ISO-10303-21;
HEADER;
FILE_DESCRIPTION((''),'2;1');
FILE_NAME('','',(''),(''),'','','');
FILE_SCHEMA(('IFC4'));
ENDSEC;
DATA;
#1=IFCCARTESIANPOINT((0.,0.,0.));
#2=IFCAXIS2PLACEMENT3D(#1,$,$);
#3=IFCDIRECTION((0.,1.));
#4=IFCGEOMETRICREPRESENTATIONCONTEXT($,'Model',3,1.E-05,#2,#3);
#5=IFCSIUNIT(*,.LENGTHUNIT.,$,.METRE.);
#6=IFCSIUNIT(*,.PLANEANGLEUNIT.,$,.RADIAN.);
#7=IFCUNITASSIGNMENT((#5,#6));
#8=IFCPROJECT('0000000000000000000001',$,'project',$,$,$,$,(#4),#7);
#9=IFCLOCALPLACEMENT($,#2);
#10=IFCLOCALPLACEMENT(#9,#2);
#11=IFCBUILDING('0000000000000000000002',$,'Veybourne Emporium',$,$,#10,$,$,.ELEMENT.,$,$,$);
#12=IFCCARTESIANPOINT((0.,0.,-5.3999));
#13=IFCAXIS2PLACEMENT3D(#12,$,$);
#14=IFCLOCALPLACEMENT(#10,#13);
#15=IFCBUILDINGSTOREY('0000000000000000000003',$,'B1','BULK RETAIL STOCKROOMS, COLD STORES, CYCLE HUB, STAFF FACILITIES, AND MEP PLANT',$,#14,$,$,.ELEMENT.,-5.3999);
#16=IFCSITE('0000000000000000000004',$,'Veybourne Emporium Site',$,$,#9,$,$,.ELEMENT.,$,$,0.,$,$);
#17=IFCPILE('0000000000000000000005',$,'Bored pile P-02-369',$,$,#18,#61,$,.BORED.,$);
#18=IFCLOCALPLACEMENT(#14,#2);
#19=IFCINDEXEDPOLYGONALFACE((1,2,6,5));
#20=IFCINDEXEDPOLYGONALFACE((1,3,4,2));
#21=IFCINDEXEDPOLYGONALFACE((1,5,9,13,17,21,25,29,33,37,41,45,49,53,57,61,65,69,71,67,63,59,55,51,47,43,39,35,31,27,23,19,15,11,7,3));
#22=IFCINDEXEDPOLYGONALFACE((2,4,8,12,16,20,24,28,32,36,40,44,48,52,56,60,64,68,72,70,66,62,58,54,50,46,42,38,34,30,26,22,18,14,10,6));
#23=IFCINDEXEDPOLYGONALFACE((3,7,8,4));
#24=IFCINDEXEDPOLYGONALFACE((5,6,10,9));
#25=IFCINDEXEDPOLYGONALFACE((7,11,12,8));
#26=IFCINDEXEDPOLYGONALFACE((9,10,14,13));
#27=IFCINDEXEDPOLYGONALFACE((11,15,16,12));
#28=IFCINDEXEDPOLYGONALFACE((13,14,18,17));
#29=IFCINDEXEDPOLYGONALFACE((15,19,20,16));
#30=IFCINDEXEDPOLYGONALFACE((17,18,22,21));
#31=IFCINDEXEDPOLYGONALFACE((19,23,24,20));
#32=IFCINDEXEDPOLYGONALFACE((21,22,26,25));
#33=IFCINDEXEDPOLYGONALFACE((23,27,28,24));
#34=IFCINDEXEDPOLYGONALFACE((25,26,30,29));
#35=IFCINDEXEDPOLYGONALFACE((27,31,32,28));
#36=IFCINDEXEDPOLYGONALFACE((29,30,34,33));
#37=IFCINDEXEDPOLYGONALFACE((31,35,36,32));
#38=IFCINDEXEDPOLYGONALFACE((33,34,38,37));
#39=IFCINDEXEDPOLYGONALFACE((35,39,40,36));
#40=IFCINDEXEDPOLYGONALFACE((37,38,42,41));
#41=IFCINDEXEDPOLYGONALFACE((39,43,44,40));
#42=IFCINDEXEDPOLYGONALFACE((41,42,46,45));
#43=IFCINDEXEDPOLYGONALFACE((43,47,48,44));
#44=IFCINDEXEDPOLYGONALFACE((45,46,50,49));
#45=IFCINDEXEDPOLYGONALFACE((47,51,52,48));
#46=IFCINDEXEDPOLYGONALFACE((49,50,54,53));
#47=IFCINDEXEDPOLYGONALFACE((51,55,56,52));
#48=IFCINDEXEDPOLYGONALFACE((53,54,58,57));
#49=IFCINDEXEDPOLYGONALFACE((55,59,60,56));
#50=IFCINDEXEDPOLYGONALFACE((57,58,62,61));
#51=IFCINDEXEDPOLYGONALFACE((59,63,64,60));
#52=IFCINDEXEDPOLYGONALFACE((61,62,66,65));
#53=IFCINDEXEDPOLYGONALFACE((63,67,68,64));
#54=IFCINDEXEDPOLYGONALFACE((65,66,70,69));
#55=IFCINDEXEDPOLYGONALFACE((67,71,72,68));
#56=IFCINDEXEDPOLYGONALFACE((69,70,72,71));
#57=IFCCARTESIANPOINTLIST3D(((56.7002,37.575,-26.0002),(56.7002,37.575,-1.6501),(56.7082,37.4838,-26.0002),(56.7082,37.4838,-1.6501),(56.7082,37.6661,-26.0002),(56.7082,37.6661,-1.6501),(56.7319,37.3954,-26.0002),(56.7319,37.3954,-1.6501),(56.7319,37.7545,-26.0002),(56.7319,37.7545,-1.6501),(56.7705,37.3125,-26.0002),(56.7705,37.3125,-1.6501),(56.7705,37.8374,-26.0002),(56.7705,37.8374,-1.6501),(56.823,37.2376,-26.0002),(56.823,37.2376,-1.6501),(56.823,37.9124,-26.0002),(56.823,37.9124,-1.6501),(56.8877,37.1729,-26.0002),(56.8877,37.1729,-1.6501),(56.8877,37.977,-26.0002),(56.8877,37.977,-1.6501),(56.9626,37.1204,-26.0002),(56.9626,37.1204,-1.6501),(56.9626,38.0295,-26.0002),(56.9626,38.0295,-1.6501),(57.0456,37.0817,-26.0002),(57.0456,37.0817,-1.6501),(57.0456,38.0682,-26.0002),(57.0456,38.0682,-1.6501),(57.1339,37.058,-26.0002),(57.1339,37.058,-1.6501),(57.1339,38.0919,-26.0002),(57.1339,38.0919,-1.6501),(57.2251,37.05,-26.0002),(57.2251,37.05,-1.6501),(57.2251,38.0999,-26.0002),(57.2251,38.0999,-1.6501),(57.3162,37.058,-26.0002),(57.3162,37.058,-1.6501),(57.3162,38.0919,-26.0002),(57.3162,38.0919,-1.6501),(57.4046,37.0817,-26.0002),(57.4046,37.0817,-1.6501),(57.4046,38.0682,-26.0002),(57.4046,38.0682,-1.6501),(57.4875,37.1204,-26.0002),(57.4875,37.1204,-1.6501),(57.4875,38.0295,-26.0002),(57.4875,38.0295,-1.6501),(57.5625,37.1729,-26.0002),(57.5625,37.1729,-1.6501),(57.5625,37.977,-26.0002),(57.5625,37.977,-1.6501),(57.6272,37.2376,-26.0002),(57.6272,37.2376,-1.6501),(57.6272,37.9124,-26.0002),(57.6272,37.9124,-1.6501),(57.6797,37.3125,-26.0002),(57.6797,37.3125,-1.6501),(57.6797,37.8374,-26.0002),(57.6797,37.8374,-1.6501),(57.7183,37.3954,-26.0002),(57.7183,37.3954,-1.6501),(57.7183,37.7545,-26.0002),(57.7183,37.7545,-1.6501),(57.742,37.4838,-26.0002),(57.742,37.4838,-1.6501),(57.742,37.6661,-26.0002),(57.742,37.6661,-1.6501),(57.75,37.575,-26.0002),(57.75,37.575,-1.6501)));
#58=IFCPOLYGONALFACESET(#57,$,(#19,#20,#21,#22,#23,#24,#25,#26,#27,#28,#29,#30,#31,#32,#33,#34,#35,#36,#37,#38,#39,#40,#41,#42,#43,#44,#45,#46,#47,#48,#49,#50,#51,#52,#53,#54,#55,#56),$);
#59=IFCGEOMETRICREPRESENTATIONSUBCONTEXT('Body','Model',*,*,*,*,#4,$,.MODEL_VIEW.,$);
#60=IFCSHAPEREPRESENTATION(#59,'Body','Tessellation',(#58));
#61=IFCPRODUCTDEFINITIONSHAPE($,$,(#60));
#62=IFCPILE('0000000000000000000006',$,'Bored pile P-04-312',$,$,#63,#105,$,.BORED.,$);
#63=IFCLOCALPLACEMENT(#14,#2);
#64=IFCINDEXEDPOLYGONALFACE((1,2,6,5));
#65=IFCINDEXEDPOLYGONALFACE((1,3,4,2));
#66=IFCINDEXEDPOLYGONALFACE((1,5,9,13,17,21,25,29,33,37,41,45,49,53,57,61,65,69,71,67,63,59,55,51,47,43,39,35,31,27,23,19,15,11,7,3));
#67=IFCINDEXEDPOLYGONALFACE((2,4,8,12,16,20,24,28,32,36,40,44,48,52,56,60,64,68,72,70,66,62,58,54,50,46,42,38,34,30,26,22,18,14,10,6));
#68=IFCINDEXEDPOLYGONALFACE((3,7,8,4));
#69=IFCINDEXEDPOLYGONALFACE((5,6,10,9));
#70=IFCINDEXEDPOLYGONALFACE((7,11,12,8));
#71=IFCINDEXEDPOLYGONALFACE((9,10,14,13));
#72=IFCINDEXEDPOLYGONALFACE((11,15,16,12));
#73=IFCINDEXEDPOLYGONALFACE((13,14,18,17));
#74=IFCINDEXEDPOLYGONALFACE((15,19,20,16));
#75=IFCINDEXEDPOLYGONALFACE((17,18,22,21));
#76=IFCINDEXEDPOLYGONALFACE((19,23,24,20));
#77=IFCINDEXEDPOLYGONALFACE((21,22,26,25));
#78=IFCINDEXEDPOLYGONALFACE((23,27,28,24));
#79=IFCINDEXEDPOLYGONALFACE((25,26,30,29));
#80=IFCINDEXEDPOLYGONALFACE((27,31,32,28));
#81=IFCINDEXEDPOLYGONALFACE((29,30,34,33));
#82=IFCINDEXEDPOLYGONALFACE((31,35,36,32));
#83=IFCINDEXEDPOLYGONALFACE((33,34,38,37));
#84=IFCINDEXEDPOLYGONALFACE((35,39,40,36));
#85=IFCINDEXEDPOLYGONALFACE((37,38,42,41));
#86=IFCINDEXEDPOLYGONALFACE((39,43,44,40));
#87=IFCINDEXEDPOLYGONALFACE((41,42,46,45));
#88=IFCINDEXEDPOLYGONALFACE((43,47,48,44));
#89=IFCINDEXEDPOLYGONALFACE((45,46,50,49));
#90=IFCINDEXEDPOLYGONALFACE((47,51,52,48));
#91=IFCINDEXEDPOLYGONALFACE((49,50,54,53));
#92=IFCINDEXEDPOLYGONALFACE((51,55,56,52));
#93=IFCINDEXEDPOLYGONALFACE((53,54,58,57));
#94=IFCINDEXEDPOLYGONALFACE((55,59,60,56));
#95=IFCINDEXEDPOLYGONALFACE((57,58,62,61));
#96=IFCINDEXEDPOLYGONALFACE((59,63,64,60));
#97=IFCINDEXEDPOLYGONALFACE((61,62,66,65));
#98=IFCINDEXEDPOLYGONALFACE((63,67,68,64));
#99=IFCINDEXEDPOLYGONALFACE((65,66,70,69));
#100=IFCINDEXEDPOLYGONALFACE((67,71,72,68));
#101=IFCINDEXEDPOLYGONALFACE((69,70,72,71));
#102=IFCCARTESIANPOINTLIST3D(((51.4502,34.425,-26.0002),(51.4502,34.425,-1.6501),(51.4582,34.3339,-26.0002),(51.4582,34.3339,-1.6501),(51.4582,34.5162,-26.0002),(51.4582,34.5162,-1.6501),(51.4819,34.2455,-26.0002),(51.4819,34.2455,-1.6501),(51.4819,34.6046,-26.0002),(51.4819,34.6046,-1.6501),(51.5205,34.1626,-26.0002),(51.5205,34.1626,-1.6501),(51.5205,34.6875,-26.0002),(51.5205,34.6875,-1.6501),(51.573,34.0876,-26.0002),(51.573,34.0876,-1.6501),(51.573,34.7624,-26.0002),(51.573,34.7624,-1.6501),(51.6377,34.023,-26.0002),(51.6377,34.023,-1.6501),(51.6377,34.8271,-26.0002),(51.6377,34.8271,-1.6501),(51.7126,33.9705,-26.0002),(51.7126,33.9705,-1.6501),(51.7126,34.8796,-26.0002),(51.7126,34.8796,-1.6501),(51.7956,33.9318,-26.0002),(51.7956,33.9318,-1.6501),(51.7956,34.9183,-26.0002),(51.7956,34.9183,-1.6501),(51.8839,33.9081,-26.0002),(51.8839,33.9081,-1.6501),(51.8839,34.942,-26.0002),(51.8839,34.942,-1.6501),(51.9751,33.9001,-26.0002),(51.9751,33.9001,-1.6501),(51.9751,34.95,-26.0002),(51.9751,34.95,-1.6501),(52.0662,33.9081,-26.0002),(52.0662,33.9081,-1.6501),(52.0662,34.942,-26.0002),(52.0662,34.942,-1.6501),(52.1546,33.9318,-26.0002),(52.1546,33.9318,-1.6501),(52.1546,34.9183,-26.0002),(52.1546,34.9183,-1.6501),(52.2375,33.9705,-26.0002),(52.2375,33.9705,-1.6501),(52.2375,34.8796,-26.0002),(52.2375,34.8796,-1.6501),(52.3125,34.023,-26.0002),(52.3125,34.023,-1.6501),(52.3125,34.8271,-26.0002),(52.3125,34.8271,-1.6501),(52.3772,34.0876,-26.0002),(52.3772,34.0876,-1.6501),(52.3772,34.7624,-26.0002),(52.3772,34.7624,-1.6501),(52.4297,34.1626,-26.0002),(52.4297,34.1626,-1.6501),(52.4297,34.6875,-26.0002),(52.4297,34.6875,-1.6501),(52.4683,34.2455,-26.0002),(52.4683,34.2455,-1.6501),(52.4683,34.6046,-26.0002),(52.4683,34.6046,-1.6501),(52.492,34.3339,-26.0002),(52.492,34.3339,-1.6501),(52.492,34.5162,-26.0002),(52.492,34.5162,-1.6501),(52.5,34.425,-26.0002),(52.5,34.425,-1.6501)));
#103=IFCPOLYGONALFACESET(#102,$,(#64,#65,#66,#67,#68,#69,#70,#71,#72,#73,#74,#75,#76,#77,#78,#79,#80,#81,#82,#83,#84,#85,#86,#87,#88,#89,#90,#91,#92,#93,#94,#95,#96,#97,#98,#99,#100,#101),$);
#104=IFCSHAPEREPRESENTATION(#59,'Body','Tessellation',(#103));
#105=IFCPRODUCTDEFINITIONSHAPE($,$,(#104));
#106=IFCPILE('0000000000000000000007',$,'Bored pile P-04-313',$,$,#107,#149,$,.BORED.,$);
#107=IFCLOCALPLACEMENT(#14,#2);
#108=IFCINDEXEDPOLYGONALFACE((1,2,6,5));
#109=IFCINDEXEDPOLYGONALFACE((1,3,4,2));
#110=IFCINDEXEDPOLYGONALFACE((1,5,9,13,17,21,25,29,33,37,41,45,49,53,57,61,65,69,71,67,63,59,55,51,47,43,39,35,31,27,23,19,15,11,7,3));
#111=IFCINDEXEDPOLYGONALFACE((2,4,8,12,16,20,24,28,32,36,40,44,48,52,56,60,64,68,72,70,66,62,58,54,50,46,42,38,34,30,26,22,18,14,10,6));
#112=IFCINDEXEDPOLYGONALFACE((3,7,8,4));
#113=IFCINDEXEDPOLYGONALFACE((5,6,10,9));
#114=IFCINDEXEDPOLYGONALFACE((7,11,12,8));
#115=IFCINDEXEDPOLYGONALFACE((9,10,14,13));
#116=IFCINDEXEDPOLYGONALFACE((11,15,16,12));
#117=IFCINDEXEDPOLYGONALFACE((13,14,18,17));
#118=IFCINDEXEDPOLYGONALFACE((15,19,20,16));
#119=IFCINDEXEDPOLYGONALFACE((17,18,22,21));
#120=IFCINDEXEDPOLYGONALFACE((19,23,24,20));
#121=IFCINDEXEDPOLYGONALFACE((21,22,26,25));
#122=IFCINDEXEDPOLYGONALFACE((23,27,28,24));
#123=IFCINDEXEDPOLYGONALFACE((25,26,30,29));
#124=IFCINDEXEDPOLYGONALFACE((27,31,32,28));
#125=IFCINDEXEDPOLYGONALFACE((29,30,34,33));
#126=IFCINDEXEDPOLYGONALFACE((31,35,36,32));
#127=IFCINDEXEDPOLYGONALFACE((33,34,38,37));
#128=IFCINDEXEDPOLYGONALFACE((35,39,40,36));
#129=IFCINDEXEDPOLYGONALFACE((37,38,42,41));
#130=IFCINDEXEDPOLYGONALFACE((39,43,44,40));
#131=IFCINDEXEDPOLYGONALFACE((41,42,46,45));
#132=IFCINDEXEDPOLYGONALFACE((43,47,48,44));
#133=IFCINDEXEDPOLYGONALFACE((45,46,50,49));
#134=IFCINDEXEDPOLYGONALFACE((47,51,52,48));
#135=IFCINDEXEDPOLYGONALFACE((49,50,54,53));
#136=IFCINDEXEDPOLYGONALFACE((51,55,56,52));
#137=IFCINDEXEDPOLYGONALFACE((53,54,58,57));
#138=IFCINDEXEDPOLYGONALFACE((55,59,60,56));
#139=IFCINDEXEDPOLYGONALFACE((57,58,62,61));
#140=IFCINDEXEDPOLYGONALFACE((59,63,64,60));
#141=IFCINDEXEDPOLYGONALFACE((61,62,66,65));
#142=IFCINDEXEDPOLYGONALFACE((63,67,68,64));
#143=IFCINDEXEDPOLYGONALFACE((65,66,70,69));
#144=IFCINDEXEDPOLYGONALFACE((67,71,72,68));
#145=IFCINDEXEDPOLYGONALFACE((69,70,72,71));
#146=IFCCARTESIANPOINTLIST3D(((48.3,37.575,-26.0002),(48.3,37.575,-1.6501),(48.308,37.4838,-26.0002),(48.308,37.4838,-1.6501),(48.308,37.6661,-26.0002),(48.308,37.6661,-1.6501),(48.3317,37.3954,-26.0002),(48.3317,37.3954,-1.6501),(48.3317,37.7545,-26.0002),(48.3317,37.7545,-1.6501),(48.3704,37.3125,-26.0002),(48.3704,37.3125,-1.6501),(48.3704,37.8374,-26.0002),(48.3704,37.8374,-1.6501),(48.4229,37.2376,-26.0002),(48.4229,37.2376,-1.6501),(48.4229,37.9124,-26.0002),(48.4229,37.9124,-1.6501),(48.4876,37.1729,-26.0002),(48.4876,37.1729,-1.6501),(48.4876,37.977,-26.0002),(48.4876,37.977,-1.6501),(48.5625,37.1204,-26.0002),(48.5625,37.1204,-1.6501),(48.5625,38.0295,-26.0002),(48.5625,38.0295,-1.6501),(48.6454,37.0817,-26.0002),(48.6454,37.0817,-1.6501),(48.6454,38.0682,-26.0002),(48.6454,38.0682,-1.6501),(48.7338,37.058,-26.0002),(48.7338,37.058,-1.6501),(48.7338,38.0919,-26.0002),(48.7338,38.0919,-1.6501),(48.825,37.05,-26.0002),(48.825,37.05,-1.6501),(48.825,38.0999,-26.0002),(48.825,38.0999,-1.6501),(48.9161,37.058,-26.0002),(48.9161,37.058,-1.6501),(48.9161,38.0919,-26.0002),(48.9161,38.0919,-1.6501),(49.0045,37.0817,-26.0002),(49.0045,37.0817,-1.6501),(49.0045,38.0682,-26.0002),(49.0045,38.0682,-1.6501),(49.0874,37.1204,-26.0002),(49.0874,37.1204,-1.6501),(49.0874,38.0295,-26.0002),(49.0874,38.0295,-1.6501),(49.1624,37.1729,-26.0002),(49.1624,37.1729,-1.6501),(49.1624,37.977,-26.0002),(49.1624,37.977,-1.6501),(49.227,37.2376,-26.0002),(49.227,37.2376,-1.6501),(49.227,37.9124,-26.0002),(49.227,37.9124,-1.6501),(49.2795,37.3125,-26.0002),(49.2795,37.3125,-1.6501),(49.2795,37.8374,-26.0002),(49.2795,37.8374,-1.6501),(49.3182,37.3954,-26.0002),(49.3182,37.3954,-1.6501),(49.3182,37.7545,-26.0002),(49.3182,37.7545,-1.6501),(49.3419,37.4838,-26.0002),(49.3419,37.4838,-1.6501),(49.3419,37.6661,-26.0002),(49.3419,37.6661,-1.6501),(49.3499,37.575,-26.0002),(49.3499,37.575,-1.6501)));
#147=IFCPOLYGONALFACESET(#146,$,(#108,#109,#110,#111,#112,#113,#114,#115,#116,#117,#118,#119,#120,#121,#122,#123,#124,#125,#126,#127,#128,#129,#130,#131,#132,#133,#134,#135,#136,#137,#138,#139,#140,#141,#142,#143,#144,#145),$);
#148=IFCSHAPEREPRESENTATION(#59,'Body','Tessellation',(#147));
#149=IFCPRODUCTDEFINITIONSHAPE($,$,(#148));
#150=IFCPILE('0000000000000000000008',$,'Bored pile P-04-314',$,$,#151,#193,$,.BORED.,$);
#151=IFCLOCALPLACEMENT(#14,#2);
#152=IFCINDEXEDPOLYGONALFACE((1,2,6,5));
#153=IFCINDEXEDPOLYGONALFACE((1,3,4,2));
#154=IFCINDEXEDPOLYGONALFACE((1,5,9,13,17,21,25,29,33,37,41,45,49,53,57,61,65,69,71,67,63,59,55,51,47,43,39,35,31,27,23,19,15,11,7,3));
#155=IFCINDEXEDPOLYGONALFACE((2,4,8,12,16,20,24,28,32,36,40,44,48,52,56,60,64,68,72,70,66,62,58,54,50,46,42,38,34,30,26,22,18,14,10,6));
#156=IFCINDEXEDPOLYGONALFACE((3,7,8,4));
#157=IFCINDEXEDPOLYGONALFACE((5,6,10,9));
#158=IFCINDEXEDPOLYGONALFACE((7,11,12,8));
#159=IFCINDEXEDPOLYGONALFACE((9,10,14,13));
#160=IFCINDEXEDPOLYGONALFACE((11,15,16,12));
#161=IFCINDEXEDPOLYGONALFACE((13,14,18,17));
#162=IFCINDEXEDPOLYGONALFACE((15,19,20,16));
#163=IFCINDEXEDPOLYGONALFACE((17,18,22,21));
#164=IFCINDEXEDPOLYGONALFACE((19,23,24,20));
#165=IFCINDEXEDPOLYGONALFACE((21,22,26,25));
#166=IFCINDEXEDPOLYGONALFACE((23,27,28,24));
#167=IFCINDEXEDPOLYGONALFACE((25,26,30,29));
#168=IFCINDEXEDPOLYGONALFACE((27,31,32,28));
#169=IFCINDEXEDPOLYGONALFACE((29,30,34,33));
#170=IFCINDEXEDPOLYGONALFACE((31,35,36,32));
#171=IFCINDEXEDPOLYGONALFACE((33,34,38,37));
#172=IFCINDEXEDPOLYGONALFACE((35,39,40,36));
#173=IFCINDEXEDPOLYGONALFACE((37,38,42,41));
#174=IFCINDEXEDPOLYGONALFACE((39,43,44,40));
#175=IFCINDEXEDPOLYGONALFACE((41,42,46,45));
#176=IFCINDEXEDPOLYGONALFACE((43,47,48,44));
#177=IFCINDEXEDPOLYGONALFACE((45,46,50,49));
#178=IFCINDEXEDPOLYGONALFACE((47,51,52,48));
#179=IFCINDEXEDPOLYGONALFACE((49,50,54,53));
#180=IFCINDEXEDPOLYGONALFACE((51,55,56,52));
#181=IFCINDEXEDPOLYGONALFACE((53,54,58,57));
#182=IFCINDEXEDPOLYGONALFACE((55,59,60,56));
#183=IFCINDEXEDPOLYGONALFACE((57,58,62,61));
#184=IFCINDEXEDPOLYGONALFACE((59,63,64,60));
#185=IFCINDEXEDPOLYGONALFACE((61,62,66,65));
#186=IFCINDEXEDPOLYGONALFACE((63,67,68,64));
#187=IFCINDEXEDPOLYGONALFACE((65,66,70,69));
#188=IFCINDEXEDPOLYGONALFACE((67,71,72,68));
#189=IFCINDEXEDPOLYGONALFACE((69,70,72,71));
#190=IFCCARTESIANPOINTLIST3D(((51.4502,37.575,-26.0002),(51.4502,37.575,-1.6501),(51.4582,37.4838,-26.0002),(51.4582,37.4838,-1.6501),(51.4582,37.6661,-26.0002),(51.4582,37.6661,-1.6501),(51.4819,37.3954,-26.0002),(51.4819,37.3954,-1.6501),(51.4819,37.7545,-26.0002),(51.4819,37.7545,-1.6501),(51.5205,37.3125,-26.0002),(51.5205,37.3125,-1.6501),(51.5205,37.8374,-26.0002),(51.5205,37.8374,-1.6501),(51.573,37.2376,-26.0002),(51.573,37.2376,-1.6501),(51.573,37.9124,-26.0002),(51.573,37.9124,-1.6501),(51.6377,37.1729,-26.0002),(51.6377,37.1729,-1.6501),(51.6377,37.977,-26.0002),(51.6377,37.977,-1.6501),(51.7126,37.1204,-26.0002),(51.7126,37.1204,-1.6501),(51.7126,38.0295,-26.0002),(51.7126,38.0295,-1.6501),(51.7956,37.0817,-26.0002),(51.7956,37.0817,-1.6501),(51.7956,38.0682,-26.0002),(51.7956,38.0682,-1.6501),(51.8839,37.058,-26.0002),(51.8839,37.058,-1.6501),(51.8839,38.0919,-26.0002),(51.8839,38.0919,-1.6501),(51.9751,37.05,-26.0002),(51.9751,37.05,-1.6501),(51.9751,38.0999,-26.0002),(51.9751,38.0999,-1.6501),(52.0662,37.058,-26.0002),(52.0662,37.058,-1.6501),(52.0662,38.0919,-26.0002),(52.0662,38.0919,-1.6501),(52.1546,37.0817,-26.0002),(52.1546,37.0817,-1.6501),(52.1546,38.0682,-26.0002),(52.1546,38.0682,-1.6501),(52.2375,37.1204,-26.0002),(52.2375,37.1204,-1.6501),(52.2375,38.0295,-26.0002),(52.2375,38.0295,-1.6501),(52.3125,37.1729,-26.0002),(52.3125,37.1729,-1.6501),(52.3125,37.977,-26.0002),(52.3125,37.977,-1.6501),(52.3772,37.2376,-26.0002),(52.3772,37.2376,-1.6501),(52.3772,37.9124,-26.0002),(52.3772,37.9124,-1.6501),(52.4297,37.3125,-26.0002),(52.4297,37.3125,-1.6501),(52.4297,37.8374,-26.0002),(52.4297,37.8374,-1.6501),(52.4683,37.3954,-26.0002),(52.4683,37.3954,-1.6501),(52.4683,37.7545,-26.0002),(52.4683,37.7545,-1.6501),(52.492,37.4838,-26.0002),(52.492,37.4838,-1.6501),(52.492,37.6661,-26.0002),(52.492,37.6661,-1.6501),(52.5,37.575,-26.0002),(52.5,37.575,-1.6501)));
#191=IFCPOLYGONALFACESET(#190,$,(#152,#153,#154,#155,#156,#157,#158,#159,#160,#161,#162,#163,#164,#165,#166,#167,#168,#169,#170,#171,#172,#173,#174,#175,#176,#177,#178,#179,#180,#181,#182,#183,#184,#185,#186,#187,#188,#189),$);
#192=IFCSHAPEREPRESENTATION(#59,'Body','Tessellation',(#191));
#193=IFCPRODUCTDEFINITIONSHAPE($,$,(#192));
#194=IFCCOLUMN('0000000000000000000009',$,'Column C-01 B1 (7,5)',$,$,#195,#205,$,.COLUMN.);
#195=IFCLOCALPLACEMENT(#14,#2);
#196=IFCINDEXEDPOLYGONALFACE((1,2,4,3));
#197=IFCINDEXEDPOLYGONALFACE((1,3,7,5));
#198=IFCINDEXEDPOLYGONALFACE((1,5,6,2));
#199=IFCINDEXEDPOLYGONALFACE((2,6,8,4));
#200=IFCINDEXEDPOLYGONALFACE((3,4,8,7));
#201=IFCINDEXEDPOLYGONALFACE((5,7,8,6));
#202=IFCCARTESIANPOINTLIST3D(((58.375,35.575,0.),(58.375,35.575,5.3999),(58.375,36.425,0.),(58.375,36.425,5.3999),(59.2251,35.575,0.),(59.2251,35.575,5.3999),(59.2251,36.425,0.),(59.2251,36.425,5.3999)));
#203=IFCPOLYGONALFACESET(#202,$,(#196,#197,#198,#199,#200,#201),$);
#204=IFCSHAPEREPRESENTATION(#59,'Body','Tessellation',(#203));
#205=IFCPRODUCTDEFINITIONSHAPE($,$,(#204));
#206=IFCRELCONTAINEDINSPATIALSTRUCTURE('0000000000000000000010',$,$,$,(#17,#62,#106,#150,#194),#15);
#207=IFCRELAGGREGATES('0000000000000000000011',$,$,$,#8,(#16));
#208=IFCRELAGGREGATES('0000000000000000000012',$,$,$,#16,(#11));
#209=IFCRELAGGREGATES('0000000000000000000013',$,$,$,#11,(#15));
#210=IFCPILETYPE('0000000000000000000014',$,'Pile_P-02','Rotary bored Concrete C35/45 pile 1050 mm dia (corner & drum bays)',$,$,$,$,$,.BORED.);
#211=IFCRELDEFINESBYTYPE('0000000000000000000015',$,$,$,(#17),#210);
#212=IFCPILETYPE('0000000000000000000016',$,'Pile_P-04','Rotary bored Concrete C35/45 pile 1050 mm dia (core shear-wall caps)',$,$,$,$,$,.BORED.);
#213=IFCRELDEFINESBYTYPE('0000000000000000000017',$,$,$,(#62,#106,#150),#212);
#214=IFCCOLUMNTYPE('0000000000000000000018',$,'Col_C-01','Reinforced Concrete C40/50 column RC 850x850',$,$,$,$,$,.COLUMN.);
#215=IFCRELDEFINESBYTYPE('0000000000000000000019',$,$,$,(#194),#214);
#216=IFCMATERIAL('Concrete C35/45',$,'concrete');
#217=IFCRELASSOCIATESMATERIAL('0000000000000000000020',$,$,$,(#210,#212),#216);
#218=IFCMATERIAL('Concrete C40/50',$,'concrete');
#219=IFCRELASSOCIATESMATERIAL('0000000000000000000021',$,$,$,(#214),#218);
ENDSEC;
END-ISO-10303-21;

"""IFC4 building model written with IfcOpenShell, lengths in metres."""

from ifc_helpers import new_model, si_unit, direction, frame, origin, origin_2d, place, context, subcontext, project, spatial, rectangle, circle, extrude, material, material_profile, profile_set, type_object, element, save


model = new_model("IFC4")

# Units and contexts
model_context = context("Model", 3, precision=1e-05, world=origin(), true_north=direction((0.0, 1.0)))
body_context = subcontext(model_context, "Body", "Model", "MODEL_VIEW")
ifc_project = project(units=[si_unit("LENGTHUNIT", "METRE"), si_unit("PLANEANGLEUNIT", "RADIAN")], contexts=[model_context])

# Site, building, storey
site_placement = place(None, origin())
site = spatial("IfcSite", under=ifc_project, at=site_placement, Name="Veybourne Emporium Site", CompositionType="ELEMENT", RefElevation=0.0)
building_placement = place(site_placement, origin())
building = spatial("IfcBuilding", under=site, at=building_placement, Name="Veybourne Emporium", CompositionType="ELEMENT")
storey_placement = place(building_placement, frame((0.0, 0.0, -5.3999)))
storey = spatial("IfcBuildingStorey", under=building, at=storey_placement, Name="B1", Description="BULK RETAIL STOCKROOMS, COLD STORES, CYCLE HUB, STAFF FACILITIES, AND MEP PLANT", CompositionType="ELEMENT", Elevation=-5.3999)

# Shared definitions
ifc_material_1 = material(Name="Concrete C35/45", Category="concrete")

# Piles
ifc_material_profile_1 = material_profile(ifc_material_1, circle(Radius=0.5249, at=origin_2d()), Name="BORED PILE 1050")
ifc_profile_set_1 = profile_set([ifc_material_profile_1], Name="Concrete C35/45")
pile_type_1 = type_object("IfcPileType", Name="Pile_P-02", Description="Rotary bored Concrete C35/45 pile 1050 mm dia (corner & drum bays)", PredefinedType="BORED", material=ifc_profile_set_1)
for number, where, z_axis, x_axis, name in (
    (1, (57.2251, 37.575, -1.6501), (0.0, 0.0, -1.0), (1.0, 0.0, 0.0), "Bored pile P-02-369"),
):
    element("IfcPile", number, at=place(storey_placement, frame(where, z_axis=z_axis, x_axis=x_axis)), inside=storey, type_object=pile_type_1, Name=name, PredefinedType="BORED", context=body_context, shape_type="SweptSolid", body=[
        extrude(circle(Radius=0.5249, at=origin_2d()), origin(), (0.0, 0.0, 1.0), 24.3501),
    ])
ifc_material_profile_2 = material_profile(ifc_material_1, circle(Radius=0.5249, at=origin_2d()), Name="BORED PILE 1050")
ifc_profile_set_2 = profile_set([ifc_material_profile_2], Name="Concrete C35/45")
pile_type_2 = type_object("IfcPileType", Name="Pile_P-04", Description="Rotary bored Concrete C35/45 pile 1050 mm dia (core shear-wall caps)", PredefinedType="BORED", material=ifc_profile_set_2)
for number, where, z_axis, x_axis, name in (
    (2, (51.9751, 34.425, -1.6501), (0.0, 0.0, -1.0), (1.0, 0.0, 0.0), "Bored pile P-04-312"),
    (3, (48.825, 37.575, -1.6501), (0.0, 0.0, -1.0), (1.0, 0.0, 0.0), "Bored pile P-04-313"),
    (4, (51.9751, 37.575, -1.6501), (0.0, 0.0, -1.0), (1.0, 0.0, 0.0), "Bored pile P-04-314"),
):
    element("IfcPile", number, at=place(storey_placement, frame(where, z_axis=z_axis, x_axis=x_axis)), inside=storey, type_object=pile_type_2, Name=name, PredefinedType="BORED", context=body_context, shape_type="SweptSolid", body=[
        extrude(circle(Radius=0.5249, at=origin_2d()), origin(), (0.0, 0.0, 1.0), 24.3501),
    ])

# Column
ifc_material_2 = material(Name="Concrete C40/50", Category="concrete")
ifc_material_profile_3 = material_profile(ifc_material_2, rectangle(XDim=0.8501, YDim=0.8501, at=origin_2d()), Name="RC 850x850")
ifc_profile_set_3 = profile_set([ifc_material_profile_3], Name="Concrete C40/50")
column_type_1 = type_object("IfcColumnType", Name="Col_C-01", Description="Reinforced Concrete C40/50 column RC 850x850", PredefinedType="COLUMN", material=ifc_profile_set_3)
column_1_placement = place(storey_placement, frame((58.8, 36.0, 0.0), z_axis=(0.0, 0.0, 1.0), x_axis=(1.0, 0.0, 0.0)))
element("IfcColumn", 5, at=column_1_placement, inside=storey, type_object=column_type_1, Name="Column C-01 B1 (7,5)", PredefinedType="COLUMN", context=body_context, shape_type="SweptSolid", body=[
    extrude(rectangle(XDim=0.8501, YDim=0.8501, at=origin_2d()), origin(), (0.0, 0.0, 1.0), 5.3999),
])

save(model, "model.ifc")
